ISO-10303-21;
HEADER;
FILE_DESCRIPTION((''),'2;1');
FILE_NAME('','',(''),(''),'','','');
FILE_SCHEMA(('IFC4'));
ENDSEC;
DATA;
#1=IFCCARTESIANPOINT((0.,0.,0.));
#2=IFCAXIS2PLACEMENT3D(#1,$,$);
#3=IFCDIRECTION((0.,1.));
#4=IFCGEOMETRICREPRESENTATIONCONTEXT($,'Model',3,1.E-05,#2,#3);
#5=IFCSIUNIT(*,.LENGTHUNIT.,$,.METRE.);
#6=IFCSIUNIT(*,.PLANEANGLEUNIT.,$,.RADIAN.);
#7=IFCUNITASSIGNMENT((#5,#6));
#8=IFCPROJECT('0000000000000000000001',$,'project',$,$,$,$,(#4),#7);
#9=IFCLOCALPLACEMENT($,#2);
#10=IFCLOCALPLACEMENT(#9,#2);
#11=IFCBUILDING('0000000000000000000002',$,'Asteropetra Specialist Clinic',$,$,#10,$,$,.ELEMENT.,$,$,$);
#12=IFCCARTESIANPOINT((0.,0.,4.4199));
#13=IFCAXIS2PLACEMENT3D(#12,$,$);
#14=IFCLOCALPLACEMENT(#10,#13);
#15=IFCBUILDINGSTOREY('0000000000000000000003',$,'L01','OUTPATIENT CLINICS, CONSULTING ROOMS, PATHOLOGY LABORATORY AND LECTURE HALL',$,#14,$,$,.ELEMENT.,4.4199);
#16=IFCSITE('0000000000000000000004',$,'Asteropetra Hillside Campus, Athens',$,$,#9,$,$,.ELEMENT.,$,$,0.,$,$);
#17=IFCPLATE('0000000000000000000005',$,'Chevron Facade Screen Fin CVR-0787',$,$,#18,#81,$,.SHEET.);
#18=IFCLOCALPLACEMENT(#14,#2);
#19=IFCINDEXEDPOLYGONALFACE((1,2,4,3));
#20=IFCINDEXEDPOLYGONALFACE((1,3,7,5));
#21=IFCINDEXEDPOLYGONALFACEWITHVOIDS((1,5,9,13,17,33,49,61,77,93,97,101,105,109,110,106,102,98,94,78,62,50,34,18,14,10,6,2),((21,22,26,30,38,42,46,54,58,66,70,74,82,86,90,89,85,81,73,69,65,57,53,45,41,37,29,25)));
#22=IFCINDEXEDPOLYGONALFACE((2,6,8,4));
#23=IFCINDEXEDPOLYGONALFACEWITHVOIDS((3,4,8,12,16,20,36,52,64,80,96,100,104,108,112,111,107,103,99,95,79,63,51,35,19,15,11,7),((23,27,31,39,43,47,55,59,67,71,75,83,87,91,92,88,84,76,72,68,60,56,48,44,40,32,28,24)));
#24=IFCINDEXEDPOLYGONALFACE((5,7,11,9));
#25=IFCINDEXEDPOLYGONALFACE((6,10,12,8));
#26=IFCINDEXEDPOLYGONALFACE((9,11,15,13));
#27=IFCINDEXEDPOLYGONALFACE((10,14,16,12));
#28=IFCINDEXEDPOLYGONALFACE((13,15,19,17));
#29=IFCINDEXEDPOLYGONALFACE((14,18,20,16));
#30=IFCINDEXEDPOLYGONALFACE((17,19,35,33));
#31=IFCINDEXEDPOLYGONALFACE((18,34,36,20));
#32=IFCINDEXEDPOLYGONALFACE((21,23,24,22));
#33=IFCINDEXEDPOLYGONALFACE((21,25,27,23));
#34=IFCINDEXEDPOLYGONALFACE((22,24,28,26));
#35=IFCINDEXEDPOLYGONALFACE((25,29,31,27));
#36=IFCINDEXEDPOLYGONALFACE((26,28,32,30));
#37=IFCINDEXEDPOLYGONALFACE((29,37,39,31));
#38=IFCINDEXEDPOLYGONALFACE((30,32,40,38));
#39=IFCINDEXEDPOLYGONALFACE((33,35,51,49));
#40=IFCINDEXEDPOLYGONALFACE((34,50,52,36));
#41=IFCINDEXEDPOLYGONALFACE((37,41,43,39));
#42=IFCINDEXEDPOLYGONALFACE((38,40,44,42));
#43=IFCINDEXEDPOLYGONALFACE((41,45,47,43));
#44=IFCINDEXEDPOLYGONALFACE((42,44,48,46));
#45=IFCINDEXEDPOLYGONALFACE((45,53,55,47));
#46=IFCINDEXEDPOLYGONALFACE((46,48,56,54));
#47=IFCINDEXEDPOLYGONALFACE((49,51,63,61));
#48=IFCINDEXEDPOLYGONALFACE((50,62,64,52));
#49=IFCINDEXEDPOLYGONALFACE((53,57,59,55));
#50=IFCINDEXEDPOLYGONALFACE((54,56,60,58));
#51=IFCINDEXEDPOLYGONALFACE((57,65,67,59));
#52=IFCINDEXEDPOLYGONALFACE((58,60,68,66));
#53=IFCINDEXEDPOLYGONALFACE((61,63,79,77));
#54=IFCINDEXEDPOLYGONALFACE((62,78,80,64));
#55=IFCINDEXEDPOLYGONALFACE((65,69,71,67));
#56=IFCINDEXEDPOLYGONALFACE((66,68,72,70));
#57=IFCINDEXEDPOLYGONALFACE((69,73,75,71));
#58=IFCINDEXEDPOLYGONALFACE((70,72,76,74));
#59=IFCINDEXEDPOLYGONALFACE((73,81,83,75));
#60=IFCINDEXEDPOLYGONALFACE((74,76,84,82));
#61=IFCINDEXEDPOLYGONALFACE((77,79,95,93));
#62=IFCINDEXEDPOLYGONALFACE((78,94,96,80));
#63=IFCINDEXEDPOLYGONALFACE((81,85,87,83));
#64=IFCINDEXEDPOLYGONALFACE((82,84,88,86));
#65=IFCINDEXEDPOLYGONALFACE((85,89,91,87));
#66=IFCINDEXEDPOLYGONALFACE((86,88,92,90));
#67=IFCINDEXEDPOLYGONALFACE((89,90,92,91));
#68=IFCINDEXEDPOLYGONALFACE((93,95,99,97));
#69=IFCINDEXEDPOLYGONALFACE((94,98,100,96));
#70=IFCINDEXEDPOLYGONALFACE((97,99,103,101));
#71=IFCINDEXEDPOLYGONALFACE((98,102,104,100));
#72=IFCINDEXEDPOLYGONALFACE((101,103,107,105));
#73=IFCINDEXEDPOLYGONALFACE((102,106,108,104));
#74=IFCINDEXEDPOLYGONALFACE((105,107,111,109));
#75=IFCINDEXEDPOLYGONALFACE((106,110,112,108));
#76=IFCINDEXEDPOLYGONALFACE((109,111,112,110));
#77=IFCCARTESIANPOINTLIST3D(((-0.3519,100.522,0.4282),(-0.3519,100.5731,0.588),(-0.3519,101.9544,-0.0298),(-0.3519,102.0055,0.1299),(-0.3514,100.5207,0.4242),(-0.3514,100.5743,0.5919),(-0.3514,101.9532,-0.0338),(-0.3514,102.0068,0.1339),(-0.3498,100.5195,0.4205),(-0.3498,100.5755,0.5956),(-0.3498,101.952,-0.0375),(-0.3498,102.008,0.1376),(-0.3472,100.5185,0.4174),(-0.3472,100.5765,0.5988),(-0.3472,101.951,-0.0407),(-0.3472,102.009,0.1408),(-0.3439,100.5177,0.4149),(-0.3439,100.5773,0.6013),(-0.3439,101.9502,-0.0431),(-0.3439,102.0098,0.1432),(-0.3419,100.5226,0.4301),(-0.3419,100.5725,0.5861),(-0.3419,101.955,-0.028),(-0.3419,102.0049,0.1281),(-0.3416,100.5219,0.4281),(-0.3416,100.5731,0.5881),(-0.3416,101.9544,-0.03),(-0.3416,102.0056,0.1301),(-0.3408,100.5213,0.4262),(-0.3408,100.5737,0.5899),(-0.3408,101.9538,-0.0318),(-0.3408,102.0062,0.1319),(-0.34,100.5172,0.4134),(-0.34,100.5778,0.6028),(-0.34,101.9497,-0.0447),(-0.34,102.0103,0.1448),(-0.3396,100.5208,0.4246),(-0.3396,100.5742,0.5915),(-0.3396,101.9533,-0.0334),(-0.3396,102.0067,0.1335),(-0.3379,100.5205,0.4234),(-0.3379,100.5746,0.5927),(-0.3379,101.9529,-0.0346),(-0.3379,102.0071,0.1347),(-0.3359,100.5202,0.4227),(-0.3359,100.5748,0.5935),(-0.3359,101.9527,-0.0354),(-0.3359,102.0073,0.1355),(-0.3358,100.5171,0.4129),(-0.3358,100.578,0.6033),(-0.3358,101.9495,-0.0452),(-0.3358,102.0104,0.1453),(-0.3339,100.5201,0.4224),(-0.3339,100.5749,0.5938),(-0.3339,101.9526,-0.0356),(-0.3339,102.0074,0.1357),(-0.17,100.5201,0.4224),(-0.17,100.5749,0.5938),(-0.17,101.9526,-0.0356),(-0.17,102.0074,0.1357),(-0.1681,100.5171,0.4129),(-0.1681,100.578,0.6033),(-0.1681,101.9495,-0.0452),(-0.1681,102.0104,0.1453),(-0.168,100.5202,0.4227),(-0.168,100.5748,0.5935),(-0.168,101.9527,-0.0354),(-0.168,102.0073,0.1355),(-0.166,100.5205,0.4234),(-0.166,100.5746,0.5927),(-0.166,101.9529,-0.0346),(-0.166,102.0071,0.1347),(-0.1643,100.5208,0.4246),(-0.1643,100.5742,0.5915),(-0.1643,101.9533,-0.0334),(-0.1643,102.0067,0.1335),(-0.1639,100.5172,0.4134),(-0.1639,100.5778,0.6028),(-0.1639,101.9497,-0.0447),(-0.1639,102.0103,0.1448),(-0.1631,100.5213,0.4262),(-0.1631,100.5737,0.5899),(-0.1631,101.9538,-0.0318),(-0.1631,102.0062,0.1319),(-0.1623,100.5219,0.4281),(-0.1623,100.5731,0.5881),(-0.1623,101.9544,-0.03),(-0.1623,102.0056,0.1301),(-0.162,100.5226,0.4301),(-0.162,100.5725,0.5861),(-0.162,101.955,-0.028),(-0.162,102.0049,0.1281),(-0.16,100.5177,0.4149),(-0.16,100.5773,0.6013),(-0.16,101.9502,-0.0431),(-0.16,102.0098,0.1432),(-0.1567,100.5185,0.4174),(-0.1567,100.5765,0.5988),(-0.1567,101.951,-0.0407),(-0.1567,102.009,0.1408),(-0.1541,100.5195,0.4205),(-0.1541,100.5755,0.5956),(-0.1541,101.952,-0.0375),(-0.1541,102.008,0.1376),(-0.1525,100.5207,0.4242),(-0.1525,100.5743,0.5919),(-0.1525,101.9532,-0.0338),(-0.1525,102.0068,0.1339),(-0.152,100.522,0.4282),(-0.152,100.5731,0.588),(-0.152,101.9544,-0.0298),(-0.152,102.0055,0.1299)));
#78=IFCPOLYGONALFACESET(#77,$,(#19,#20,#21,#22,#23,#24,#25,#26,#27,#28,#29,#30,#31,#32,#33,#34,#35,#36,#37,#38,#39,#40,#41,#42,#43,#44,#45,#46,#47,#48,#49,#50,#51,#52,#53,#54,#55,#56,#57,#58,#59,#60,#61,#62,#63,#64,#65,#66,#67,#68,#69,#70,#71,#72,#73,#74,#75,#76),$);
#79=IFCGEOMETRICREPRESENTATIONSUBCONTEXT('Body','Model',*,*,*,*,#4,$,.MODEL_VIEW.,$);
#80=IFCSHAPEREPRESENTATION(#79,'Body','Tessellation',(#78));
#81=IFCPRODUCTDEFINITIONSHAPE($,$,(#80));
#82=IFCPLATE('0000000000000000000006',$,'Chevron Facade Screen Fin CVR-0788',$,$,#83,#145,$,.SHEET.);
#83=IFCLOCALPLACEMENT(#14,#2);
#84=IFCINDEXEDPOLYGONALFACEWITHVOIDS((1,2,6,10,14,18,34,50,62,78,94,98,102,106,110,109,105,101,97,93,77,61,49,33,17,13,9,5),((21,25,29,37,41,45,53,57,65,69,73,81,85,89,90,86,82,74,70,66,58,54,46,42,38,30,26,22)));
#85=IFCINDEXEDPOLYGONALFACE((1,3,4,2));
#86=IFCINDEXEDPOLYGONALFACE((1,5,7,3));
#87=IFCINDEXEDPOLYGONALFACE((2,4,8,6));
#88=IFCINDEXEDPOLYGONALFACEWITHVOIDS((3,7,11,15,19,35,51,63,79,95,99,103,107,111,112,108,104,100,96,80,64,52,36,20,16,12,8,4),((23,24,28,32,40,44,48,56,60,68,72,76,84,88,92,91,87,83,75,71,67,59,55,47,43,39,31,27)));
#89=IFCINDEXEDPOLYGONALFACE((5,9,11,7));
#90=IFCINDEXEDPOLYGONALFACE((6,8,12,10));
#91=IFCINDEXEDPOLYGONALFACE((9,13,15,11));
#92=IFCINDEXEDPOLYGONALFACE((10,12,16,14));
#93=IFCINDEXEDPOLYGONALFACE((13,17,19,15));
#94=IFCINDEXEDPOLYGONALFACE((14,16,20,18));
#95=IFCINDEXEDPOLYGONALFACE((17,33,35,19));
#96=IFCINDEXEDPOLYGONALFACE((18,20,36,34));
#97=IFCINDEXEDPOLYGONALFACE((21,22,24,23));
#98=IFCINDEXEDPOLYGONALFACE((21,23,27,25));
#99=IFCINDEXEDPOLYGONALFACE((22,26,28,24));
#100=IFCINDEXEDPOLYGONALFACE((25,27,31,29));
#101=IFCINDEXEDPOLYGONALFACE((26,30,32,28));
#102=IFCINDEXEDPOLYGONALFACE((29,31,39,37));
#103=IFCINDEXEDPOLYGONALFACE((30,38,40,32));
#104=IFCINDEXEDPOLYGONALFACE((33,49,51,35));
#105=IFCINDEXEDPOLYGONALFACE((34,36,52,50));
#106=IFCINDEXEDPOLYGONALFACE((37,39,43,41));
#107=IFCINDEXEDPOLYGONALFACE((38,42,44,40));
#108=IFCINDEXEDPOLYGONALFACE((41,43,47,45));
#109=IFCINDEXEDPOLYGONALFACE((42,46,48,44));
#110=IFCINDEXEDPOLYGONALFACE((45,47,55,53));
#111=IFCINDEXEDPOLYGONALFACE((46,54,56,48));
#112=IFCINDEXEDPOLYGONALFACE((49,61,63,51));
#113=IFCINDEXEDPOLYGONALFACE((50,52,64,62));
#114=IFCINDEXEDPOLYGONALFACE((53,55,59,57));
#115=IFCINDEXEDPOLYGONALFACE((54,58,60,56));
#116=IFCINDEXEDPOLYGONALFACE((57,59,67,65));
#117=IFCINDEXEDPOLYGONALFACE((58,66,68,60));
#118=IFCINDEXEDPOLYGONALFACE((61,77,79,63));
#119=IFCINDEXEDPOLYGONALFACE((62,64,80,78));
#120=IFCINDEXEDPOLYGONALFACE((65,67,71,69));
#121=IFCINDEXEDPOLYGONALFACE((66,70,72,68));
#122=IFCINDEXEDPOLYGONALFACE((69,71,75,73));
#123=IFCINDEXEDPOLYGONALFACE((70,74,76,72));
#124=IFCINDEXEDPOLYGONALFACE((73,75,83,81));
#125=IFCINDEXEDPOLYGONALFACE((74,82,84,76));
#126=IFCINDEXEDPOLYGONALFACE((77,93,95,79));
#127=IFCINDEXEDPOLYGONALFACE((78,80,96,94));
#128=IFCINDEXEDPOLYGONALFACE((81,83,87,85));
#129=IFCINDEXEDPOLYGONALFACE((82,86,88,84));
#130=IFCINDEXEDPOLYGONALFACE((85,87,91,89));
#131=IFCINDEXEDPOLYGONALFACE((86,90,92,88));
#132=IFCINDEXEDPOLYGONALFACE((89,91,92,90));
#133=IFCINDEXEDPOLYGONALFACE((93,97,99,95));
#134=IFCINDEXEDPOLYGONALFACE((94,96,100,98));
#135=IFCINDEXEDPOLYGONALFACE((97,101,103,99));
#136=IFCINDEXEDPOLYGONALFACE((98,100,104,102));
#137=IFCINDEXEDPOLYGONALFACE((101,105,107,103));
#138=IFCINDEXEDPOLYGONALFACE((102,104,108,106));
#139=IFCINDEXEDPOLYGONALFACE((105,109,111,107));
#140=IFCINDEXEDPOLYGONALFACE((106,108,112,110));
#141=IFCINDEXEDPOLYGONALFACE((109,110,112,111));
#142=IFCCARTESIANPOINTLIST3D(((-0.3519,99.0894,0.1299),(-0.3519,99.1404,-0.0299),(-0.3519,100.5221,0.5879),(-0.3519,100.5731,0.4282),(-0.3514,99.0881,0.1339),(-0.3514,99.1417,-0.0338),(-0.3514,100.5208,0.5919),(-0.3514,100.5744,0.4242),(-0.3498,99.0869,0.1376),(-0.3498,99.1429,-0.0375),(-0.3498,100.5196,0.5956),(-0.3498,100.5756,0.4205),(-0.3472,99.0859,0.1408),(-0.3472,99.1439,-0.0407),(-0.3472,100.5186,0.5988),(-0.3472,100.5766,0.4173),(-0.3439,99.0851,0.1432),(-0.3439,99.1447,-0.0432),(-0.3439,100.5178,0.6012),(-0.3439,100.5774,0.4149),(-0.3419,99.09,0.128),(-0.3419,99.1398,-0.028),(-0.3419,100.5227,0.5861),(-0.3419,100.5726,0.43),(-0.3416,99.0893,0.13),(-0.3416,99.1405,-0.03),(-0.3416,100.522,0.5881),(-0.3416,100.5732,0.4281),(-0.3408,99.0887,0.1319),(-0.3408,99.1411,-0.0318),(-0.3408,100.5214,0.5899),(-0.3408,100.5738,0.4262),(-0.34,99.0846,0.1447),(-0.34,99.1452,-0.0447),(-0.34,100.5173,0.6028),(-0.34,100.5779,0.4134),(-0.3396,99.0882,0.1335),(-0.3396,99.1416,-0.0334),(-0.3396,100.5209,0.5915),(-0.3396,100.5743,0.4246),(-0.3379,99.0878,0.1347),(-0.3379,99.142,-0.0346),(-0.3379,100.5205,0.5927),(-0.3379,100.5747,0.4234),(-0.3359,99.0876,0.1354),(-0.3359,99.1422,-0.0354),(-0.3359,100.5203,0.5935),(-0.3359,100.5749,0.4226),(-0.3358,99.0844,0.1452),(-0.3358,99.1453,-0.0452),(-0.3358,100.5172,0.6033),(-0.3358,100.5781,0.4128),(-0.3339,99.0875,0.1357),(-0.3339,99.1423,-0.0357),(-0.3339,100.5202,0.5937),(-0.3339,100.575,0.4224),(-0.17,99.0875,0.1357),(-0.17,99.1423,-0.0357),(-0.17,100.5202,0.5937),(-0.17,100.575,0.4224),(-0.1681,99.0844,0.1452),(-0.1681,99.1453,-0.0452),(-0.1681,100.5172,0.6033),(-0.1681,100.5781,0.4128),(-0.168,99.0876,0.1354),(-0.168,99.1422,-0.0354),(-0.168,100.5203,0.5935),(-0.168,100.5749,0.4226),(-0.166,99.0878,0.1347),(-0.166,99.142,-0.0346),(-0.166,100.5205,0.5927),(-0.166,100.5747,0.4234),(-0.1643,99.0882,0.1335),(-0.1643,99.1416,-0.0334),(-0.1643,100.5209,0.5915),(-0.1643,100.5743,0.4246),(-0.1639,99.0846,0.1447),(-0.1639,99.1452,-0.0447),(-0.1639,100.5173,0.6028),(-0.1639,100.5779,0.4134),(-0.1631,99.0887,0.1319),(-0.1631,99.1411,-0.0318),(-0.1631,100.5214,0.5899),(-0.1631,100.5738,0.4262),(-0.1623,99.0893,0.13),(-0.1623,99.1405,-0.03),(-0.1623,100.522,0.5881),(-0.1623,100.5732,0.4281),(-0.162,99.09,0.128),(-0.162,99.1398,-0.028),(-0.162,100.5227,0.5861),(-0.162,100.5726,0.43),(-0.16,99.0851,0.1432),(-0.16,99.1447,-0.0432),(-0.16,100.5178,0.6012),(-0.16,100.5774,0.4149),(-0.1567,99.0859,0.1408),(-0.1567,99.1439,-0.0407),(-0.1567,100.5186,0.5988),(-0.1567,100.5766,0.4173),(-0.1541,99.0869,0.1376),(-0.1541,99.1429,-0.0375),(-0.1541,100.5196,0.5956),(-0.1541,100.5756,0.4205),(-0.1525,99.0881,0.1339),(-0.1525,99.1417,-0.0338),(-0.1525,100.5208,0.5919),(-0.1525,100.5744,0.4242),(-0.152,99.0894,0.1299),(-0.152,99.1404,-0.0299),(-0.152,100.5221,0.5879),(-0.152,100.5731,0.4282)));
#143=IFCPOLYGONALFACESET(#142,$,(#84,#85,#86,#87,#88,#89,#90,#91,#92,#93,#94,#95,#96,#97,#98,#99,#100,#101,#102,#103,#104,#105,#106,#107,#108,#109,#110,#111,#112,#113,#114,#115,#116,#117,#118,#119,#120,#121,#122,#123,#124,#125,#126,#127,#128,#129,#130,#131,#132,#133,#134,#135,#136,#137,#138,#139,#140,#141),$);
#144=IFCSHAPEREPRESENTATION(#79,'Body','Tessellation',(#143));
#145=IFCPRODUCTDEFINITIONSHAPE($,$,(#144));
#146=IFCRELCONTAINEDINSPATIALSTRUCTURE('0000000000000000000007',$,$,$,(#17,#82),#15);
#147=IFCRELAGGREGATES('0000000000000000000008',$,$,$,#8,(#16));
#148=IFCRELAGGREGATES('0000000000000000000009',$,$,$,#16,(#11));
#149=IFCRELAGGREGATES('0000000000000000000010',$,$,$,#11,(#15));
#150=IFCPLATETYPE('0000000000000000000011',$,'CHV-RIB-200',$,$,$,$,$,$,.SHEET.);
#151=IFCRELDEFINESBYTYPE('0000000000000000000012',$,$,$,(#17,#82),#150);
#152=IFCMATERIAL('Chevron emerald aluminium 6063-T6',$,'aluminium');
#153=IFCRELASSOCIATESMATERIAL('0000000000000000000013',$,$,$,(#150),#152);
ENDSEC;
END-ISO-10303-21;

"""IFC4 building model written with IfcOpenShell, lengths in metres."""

from ifc_helpers import new_model, si_unit, direction, frame, origin, origin_2d, place, context, subcontext, project, spatial, hollow_rectangle, extrude, material, material_profile, profile_set, type_object, element, save


model = new_model("IFC4")

# Units and contexts
model_context = context("Model", 3, precision=1e-05, world=origin(), true_north=direction((0.0, 1.0)))
body_context = subcontext(model_context, "Body", "Model", "MODEL_VIEW")
ifc_project = project(units=[si_unit("LENGTHUNIT", "METRE"), si_unit("PLANEANGLEUNIT", "RADIAN")], contexts=[model_context])

# Site, building, storey
site_placement = place(None, origin())
site = spatial("IfcSite", under=ifc_project, at=site_placement, Name="Asteropetra Hillside Campus, Athens", CompositionType="ELEMENT", RefElevation=0.0)
building_placement = place(site_placement, origin())
building = spatial("IfcBuilding", under=site, at=building_placement, Name="Asteropetra Specialist Clinic", CompositionType="ELEMENT")
storey_placement = place(building_placement, frame((0.0, 0.0, 4.4199)))
storey = spatial("IfcBuildingStorey", under=building, at=storey_placement, Name="L01", Description="OUTPATIENT CLINICS, CONSULTING ROOMS, PATHOLOGY LABORATORY AND LECTURE HALL", CompositionType="ELEMENT", Elevation=4.4199)

# Plates
ifc_material_1 = material(Name="Chevron emerald aluminium 6063-T6", Category="aluminium")
ifc_material_profile = material_profile(ifc_material_1, hollow_rectangle(XDim=0.2, YDim=0.2, WallThickness=0.01, InnerFilletRadius=0.0081, OuterFilletRadius=0.0161, at=origin_2d()), Name="SHS 200x200x10.0")
ifc_profile_set = profile_set([ifc_material_profile], Name="Chevron emerald aluminium 6063-T6")
plate_type_1 = type_object("IfcPlateType", Name="CHV-RIB-200", PredefinedType="SHEET", material=ifc_profile_set)
plate_1_placement = place(storey_placement, frame((-0.252, 101.98, 0.05), z_axis=(0.0, -0.952492, 0.304564), x_axis=(1.0, 0.0, 0.0)))
element("IfcPlate", 1, at=plate_1_placement, inside=storey, type_object=plate_type_1, Name="Chevron Facade Screen Fin CVR-0787", PredefinedType="SHEET", context=body_context, shape_type="SweptSolid", body=[
    extrude(hollow_rectangle(XDim=0.2, YDim=0.2, WallThickness=0.01, InnerFilletRadius=0.0081, OuterFilletRadius=0.0161, at=origin_2d()), origin(), (0.0, 0.0, 1.0), 1.5039),
])
plate_2_placement = place(storey_placement, frame((-0.252, 100.5476, 0.5081), z_axis=(0.0, -0.952507, -0.304517), x_axis=(1.0, 0.0, 0.0)))
element("IfcPlate", 2, at=plate_2_placement, inside=storey, type_object=plate_type_1, Name="Chevron Facade Screen Fin CVR-0788", PredefinedType="SHEET", context=body_context, shape_type="SweptSolid", body=[
    extrude(hollow_rectangle(XDim=0.2, YDim=0.2, WallThickness=0.01, InnerFilletRadius=0.0081, OuterFilletRadius=0.0161, at=origin_2d()), origin(), (0.0, 0.0, 1.0), 1.5042),
])

save(model, "model.ifc")
